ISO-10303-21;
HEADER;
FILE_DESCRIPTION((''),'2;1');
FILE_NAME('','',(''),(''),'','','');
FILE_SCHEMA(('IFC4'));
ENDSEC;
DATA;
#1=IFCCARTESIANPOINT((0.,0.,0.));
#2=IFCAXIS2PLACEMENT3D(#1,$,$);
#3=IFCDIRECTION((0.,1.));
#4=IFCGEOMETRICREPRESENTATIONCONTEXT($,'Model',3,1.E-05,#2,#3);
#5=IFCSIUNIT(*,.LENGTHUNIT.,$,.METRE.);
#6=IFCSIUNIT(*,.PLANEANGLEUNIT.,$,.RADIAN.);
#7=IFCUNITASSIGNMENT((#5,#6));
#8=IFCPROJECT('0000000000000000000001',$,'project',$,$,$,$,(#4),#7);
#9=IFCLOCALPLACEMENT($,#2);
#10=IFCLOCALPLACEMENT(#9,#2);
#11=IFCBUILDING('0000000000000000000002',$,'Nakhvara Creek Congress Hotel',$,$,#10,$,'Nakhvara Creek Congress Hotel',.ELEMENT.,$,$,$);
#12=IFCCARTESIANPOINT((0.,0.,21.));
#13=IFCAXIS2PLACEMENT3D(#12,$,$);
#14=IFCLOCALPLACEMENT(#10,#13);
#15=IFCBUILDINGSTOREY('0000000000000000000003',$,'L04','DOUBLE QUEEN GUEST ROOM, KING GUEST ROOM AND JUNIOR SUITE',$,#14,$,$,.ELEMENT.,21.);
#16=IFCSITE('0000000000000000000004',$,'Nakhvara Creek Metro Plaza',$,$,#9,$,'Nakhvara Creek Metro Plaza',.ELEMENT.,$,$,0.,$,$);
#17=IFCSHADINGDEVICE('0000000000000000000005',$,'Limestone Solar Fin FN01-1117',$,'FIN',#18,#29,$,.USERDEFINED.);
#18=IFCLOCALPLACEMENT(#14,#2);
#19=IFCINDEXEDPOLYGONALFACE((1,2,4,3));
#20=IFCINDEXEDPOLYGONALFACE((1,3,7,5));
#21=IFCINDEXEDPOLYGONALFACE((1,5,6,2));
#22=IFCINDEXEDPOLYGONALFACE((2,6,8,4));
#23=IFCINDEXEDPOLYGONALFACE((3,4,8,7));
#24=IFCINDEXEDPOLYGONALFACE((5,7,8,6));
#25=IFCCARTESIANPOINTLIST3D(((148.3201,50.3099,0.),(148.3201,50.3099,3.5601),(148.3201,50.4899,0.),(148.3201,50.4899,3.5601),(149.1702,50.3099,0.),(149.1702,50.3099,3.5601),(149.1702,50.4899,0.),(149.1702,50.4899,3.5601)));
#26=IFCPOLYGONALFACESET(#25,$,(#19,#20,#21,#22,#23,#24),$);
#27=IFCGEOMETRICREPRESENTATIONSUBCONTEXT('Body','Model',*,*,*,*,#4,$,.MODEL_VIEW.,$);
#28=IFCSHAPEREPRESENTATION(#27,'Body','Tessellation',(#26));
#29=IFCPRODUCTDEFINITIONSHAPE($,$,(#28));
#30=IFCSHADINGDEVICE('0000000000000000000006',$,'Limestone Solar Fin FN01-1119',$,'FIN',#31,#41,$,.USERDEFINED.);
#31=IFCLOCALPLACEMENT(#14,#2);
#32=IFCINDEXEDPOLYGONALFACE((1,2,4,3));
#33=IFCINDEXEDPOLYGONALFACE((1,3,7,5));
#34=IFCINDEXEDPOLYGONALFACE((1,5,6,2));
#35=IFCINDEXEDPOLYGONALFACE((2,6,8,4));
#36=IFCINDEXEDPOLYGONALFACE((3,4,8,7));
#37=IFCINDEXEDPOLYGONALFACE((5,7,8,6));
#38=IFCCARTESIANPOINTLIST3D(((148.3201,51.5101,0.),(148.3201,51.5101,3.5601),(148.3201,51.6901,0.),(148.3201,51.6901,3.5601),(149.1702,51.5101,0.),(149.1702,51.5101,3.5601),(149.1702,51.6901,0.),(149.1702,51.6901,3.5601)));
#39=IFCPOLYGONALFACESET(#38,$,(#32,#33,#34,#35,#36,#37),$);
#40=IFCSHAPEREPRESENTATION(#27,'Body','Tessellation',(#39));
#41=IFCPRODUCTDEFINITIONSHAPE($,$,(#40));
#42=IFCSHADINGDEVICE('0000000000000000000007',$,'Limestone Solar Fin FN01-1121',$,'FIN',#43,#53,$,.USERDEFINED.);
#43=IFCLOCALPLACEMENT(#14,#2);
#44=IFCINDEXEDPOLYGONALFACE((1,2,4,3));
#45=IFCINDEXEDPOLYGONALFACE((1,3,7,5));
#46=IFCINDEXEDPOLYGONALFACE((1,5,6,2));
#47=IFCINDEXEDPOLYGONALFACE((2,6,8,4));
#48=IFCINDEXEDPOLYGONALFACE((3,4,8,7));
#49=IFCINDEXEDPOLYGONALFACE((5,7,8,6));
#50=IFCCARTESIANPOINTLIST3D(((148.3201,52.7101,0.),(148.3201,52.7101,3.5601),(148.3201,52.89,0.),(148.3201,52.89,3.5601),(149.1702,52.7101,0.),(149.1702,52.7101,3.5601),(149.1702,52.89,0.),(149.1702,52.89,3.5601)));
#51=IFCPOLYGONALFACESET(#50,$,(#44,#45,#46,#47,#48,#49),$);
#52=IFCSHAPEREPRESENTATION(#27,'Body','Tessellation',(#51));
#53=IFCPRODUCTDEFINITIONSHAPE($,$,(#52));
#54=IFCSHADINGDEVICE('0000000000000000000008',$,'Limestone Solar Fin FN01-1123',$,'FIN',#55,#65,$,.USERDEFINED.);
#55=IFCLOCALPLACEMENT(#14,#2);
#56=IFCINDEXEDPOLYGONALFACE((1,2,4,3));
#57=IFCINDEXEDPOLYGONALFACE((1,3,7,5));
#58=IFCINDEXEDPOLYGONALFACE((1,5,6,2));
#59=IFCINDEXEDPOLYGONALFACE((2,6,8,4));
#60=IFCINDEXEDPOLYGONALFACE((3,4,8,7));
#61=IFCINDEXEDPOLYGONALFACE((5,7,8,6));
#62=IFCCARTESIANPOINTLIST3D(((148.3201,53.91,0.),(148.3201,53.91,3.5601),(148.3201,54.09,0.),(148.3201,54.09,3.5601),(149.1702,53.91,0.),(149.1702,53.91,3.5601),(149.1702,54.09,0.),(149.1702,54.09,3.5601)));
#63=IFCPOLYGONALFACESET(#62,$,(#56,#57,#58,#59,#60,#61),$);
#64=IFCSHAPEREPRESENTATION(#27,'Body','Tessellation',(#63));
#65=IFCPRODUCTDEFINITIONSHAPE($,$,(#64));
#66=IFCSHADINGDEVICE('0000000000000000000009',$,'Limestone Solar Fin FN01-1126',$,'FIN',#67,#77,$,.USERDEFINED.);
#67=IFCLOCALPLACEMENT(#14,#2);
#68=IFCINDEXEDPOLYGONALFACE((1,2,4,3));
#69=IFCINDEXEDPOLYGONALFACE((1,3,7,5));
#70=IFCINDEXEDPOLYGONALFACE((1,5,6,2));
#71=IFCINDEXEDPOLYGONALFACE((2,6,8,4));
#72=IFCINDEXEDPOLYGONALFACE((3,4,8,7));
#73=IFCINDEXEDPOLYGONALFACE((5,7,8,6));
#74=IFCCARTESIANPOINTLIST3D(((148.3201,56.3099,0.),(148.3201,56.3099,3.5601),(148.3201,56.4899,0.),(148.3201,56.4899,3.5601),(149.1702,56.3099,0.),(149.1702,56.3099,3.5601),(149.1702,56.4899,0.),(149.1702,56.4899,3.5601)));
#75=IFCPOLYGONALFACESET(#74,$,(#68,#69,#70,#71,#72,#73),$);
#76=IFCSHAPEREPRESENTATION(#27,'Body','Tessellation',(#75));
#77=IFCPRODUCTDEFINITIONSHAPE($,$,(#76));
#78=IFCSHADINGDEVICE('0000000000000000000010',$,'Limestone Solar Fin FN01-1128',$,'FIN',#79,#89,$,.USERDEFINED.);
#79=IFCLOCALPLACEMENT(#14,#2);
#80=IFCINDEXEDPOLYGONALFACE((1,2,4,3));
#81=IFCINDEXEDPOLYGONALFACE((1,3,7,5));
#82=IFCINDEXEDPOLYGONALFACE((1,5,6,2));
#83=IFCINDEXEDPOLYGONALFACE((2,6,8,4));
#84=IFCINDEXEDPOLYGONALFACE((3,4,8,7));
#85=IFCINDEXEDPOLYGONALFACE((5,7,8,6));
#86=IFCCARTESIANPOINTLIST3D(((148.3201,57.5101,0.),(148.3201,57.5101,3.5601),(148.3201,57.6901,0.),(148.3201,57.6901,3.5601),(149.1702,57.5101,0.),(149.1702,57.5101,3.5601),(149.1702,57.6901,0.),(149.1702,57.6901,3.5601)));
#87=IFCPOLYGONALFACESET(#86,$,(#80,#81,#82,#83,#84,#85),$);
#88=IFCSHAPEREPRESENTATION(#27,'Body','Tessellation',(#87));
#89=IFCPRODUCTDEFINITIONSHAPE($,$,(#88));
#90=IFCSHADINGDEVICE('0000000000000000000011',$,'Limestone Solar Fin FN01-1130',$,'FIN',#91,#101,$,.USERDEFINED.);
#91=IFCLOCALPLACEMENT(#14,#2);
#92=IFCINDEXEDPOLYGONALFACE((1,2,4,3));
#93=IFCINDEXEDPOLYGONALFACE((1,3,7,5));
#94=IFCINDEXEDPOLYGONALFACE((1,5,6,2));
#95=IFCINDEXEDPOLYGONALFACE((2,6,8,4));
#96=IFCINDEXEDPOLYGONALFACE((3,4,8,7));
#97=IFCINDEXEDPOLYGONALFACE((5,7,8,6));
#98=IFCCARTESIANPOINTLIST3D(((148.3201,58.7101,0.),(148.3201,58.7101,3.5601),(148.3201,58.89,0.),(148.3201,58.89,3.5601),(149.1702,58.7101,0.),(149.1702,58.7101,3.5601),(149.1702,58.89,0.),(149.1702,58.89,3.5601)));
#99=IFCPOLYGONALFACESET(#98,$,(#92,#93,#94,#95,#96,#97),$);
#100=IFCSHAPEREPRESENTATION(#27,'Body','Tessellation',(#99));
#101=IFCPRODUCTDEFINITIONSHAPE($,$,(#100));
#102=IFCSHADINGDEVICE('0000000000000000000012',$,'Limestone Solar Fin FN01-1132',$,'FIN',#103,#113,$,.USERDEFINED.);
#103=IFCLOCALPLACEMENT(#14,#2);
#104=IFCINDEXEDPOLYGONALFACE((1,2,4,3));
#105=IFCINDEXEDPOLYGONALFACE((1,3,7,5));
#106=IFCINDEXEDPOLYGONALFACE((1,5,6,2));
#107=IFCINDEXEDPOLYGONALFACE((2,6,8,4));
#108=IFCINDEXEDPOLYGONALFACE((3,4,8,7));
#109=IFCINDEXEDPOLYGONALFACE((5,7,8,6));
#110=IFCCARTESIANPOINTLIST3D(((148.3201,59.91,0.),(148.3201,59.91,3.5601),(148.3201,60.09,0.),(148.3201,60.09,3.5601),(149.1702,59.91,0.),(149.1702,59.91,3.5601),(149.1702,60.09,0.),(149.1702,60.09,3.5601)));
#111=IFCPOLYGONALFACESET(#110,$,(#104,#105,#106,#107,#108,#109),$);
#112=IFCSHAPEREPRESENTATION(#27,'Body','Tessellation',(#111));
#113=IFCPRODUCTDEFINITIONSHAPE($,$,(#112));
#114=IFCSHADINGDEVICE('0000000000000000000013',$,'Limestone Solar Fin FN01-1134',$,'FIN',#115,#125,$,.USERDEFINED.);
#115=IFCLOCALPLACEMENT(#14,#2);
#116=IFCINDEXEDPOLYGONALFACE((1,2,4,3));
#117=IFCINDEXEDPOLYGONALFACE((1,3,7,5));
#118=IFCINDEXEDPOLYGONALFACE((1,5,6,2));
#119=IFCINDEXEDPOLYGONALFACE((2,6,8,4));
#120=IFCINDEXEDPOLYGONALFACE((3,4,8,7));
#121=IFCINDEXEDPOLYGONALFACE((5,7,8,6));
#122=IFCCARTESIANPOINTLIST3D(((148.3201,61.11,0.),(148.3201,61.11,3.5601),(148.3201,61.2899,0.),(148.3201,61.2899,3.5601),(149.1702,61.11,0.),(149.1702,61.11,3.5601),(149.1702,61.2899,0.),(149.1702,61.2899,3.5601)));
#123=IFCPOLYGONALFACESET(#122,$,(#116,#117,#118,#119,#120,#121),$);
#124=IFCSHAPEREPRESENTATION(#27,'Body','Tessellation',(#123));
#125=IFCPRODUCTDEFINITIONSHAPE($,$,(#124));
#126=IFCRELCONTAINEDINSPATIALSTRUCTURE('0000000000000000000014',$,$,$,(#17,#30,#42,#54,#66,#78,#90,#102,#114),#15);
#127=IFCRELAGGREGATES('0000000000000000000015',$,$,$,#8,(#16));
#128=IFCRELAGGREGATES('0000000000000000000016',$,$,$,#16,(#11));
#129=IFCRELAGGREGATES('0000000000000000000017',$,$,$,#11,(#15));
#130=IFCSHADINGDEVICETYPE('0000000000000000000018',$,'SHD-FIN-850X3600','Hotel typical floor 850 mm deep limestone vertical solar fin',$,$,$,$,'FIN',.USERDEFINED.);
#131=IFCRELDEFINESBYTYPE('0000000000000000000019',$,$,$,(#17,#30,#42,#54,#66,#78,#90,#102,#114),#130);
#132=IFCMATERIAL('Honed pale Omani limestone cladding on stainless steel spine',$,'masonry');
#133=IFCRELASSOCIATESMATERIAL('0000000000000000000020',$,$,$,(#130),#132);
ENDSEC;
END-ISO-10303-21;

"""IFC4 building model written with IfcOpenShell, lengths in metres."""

from ifc_helpers import new_model, si_unit, direction, frame, origin, origin_2d, place, context, subcontext, project, spatial, rectangle, extrude, material, type_object, element, save


model = new_model("IFC4")

# Units and contexts
model_context = context("Model", 3, precision=1e-05, world=origin(), true_north=direction((0.0, 1.0)))
body_context = subcontext(model_context, "Body", "Model", "MODEL_VIEW")
ifc_project = project(units=[si_unit("LENGTHUNIT", "METRE"), si_unit("PLANEANGLEUNIT", "RADIAN")], contexts=[model_context])

# Site, building, storey
site_placement = place(None, origin())
site = spatial("IfcSite", under=ifc_project, at=site_placement, Name="Nakhvara Creek Metro Plaza", LongName="Nakhvara Creek Metro Plaza", CompositionType="ELEMENT", RefElevation=0.0)
building_placement = place(site_placement, origin())
building = spatial("IfcBuilding", under=site, at=building_placement, Name="Nakhvara Creek Congress Hotel", LongName="Nakhvara Creek Congress Hotel", CompositionType="ELEMENT")
storey_placement = place(building_placement, frame((0.0, 0.0, 21.0)))
storey = spatial("IfcBuildingStorey", under=building, at=storey_placement, Name="L04", Description="DOUBLE QUEEN GUEST ROOM, KING GUEST ROOM AND JUNIOR SUITE", CompositionType="ELEMENT", Elevation=21.0)

# Shading devices
ifc_material_1 = material(Name="Honed pale Omani limestone cladding on stainless steel spine", Category="masonry")
shading_device_type = type_object("IfcShadingDeviceType", Name="SHD-FIN-850X3600", Description="Hotel typical floor 850 mm deep limestone vertical solar fin", ElementType="FIN", PredefinedType="USERDEFINED", material=ifc_material_1)
for number, where, z_axis, x_axis, name in (
    (1, (148.7451, 50.3999, 0.0), (0.0, 0.0, 1.0), (0.0, 1.0, 0.0), "Limestone Solar Fin FN01-1117"),
    (2, (148.7451, 51.6001, 0.0), (0.0, 0.0, 1.0), (0.0, 1.0, 0.0), "Limestone Solar Fin FN01-1119"),
    (3, (148.7451, 52.8, 0.0), (0.0, 0.0, 1.0), (0.0, 1.0, 0.0), "Limestone Solar Fin FN01-1121"),
    (4, (148.7451, 54.0, 0.0), (0.0, 0.0, 1.0), (0.0, 1.0, 0.0), "Limestone Solar Fin FN01-1123"),
    (5, (148.7451, 56.3999, 0.0), (0.0, 0.0, 1.0), (0.0, 1.0, 0.0), "Limestone Solar Fin FN01-1126"),
    (6, (148.7451, 57.6001, 0.0), (0.0, 0.0, 1.0), (0.0, 1.0, 0.0), "Limestone Solar Fin FN01-1128"),
    (7, (148.7451, 58.8, 0.0), (0.0, 0.0, 1.0), (0.0, 1.0, 0.0), "Limestone Solar Fin FN01-1130"),
    (8, (148.7451, 60.0, 0.0), (0.0, 0.0, 1.0), (0.0, 1.0, 0.0), "Limestone Solar Fin FN01-1132"),
    (9, (148.7451, 61.2, 0.0), (0.0, 0.0, 1.0), (0.0, 1.0, 0.0), "Limestone Solar Fin FN01-1134"),
):
    element("IfcShadingDevice", number, at=place(storey_placement, frame(where, z_axis=z_axis, x_axis=x_axis)), inside=storey, type_object=shading_device_type, Name=name, ObjectType="FIN", PredefinedType="USERDEFINED", context=body_context, shape_type="SweptSolid", body=[
        extrude(rectangle(XDim=0.1799, YDim=0.8501, at=origin_2d()), origin(), (0.0, 0.0, 1.0), 3.5601),
    ])

save(model, "model.ifc")
